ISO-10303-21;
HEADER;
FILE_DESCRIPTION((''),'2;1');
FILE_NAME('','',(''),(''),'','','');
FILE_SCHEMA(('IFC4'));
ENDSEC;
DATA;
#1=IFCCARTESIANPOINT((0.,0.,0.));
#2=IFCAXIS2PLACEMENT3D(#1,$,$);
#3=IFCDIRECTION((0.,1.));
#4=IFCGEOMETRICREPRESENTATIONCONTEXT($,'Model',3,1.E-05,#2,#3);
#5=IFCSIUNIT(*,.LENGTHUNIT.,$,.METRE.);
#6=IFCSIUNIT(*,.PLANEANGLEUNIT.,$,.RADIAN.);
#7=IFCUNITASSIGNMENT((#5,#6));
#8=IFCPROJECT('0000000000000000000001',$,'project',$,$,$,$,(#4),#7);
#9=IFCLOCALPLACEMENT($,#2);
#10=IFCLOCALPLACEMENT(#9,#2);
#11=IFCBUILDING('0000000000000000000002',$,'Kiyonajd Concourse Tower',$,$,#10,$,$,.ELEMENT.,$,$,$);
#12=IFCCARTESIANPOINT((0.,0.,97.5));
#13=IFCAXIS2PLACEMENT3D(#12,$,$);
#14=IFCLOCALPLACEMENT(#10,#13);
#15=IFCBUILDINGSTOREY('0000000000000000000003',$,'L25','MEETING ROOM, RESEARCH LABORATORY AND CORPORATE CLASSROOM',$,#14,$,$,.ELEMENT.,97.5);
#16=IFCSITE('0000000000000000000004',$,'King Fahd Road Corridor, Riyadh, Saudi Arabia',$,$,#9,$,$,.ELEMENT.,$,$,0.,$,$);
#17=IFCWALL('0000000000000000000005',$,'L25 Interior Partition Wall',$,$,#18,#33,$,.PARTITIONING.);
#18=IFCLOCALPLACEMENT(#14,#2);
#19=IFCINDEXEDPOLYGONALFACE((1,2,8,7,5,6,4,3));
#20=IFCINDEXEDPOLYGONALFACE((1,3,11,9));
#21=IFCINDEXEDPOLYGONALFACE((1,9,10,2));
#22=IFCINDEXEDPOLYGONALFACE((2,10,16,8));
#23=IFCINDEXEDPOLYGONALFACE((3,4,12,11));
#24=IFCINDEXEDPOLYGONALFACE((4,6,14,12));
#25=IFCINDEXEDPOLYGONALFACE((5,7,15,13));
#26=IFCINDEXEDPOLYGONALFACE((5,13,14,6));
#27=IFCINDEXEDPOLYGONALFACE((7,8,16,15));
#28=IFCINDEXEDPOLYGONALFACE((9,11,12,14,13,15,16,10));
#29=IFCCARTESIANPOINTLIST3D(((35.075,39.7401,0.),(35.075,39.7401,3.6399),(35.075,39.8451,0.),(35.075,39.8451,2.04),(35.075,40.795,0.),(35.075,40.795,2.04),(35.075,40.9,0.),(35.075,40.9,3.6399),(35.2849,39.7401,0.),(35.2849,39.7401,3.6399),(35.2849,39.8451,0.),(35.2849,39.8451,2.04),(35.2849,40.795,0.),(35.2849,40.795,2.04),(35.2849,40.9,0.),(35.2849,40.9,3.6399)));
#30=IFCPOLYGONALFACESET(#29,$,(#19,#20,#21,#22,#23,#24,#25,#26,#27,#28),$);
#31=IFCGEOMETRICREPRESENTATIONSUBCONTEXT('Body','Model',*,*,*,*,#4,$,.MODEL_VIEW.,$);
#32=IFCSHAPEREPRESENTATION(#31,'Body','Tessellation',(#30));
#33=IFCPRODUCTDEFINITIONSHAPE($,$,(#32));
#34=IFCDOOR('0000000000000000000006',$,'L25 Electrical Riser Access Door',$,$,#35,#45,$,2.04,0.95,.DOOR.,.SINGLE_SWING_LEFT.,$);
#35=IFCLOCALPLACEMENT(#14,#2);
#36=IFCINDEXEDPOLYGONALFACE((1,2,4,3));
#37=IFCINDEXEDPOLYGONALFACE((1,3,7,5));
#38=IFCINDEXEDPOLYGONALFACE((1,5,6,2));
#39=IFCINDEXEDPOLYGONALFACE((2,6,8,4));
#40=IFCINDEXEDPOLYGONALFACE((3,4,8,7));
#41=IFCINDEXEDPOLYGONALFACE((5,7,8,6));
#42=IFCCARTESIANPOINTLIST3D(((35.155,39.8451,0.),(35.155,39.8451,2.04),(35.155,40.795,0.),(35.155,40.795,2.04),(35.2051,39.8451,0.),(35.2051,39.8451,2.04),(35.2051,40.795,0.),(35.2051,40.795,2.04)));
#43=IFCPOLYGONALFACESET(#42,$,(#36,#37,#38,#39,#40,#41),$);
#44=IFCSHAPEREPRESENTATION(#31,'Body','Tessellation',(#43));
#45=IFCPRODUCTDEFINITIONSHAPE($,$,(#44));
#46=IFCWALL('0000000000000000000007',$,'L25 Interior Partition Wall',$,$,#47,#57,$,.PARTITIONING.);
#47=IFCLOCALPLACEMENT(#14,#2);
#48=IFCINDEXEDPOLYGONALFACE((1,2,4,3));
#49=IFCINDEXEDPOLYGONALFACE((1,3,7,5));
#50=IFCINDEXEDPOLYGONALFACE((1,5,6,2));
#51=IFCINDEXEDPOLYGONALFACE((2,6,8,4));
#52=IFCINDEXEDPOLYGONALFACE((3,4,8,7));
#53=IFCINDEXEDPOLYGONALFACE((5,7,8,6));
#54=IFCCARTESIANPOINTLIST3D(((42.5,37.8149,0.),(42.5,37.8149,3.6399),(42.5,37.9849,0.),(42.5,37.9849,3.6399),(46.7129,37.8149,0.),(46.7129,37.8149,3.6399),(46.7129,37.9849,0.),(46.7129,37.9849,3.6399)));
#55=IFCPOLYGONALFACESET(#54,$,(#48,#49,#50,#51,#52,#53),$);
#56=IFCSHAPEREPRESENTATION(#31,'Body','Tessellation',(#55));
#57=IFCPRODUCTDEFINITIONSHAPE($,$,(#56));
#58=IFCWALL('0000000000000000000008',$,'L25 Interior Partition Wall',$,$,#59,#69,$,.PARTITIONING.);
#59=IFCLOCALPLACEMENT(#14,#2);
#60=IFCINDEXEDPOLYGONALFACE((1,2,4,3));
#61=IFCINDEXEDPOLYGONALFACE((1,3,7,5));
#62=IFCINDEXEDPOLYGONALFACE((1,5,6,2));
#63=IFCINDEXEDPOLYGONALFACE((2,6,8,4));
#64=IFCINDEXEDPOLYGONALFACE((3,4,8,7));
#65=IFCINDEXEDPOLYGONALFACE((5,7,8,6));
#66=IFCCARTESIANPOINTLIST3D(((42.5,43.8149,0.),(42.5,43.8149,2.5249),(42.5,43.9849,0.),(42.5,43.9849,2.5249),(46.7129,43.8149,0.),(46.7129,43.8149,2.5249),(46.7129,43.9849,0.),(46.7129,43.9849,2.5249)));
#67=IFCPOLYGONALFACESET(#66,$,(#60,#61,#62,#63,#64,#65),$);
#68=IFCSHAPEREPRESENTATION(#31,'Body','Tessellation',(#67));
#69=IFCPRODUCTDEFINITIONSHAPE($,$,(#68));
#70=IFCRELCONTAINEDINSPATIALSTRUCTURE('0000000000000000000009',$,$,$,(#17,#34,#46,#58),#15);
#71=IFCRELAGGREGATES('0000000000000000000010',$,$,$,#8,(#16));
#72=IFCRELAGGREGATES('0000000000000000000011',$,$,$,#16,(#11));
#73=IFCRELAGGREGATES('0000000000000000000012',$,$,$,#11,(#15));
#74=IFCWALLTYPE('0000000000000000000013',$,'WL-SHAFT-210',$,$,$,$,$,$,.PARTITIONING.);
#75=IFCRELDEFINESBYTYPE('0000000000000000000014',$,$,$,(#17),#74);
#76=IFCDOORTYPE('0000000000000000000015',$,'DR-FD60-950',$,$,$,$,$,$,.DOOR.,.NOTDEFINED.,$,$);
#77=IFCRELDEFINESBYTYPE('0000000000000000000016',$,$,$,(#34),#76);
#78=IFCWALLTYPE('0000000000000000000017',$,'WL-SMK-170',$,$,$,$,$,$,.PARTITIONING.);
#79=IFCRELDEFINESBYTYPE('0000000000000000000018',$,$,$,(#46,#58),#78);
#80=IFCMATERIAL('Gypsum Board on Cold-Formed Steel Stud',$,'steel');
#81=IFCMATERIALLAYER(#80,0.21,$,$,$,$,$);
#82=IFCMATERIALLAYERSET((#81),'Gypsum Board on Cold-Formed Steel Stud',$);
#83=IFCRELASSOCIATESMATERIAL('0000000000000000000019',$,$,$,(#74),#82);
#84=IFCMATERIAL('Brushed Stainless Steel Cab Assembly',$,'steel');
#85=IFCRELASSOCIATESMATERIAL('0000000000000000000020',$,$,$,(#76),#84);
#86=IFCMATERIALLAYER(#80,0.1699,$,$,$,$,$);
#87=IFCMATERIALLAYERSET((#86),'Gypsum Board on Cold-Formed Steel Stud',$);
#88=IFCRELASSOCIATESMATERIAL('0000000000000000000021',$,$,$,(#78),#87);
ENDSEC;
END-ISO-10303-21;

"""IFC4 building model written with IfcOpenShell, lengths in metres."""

from ifc_helpers import new_model, si_unit, direction, frame, frame_2d, origin, place, context, subcontext, project, spatial, rectangle, extrude, material, layer, layer_set, type_object, element, fill, save


model = new_model("IFC4")

# Units and contexts
model_context = context("Model", 3, precision=1e-05, world=origin(), true_north=direction((0.0, 1.0)))
body_context = subcontext(model_context, "Body", "Model", "MODEL_VIEW")
ifc_project = project(units=[si_unit("LENGTHUNIT", "METRE"), si_unit("PLANEANGLEUNIT", "RADIAN")], contexts=[model_context])

# Site, building, storey
site_placement = place(None, origin())
site = spatial("IfcSite", under=ifc_project, at=site_placement, Name="King Fahd Road Corridor, Riyadh, Saudi Arabia", CompositionType="ELEMENT", RefElevation=0.0)
building_placement = place(site_placement, origin())
building = spatial("IfcBuilding", under=site, at=building_placement, Name="Kiyonajd Concourse Tower", CompositionType="ELEMENT")
storey_placement = place(building_placement, frame((0.0, 0.0, 97.5)))
storey = spatial("IfcBuildingStorey", under=building, at=storey_placement, Name="L25", Description="MEETING ROOM, RESEARCH LABORATORY AND CORPORATE CLASSROOM", CompositionType="ELEMENT", Elevation=97.5)

# Shared definitions
ifc_material_1 = material(Name="Gypsum Board on Cold-Formed Steel Stud", Category="steel")
ifc_layer_1 = layer(ifc_material_1, 0.21)
ifc_layer_set_1 = layer_set([ifc_layer_1], Name="Gypsum Board on Cold-Formed Steel Stud")
wall_type_1 = type_object("IfcWallType", Name="WL-SHAFT-210", PredefinedType="PARTITIONING", material=ifc_layer_set_1)

# Wall, opening, door
wall_1_placement = place(storey_placement, frame((35.1799, 39.74, 0.0), z_axis=(0.0, 0.0, 1.0), x_axis=(0.0, 1.0, 0.0)))
wall_1 = element("IfcWall", 1, at=wall_1_placement, inside=storey, type_object=wall_type_1, Name="L25 Interior Partition Wall", PredefinedType="PARTITIONING", context=body_context, shape_type="SweptSolid", body=[
    extrude(rectangle(XDim=1.1599, YDim=0.21, at=frame_2d((0.5801, 0.0))), origin(), (0.0, 0.0, 1.0), 3.6399),
])
opening_1_placement = place(wall_1_placement, frame((0.105, 0.0, 0.0)))
opening_1 = element("IfcOpeningElement", 2, at=opening_1_placement, cuts=wall_1, PredefinedType="OPENING", context=body_context, shape_type="SweptSolid", body=[
    extrude(rectangle(XDim=0.95, YDim=2.04, at=frame_2d((0.4751, 1.02))), frame((0.0, 0.115, 0.0), z_axis=(0.0, -1.0, 0.0), x_axis=(1.0, 0.0, 0.0)), (0.0, 0.0, 1.0), 0.23),
])
ifc_material_2 = material(Name="Brushed Stainless Steel Cab Assembly", Category="steel")
door_type_1 = type_object("IfcDoorType", Name="DR-FD60-950", OperationType="NOTDEFINED", PredefinedType="DOOR", material=ifc_material_2)
door_1_placement = place(opening_1_placement, origin())
door_1 = element("IfcDoor", 3, at=door_1_placement, inside=storey, type_object=door_type_1, Name="L25 Electrical Riser Access Door", OperationType="SINGLE_SWING_LEFT", OverallHeight=2.04, OverallWidth=0.95, PredefinedType="DOOR", context=body_context, shape_type="SweptSolid", body=[
    extrude(rectangle(XDim=0.95, YDim=2.04, at=frame_2d((0.4751, 1.02))), frame((0.0, 0.0249, 0.0), z_axis=(0.0, -1.0, 0.0), x_axis=(1.0, 0.0, 0.0)), (0.0, 0.0, 1.0), 0.05),
])
fill(opening_1, door_1)

# Walls
ifc_layer_2 = layer(ifc_material_1, 0.1699)
ifc_layer_set_2 = layer_set([ifc_layer_2], Name="Gypsum Board on Cold-Formed Steel Stud")
wall_type_2 = type_object("IfcWallType", Name="WL-SMK-170", PredefinedType="PARTITIONING", material=ifc_layer_set_2)
wall_2_placement = place(storey_placement, frame((42.5, 37.8999, 0.0), z_axis=(0.0, 0.0, 1.0), x_axis=(1.0, 0.0, 0.0)))
element("IfcWall", 4, at=wall_2_placement, inside=storey, type_object=wall_type_2, Name="L25 Interior Partition Wall", PredefinedType="PARTITIONING", context=body_context, shape_type="SweptSolid", body=[
    extrude(rectangle(XDim=4.2129, YDim=0.1699, at=frame_2d((2.1064, 0.0))), origin(), (0.0, 0.0, 1.0), 3.6399),
])
wall_3_placement = place(storey_placement, frame((42.5, 43.8999, 0.0), z_axis=(0.0, 0.0, 1.0), x_axis=(1.0, 0.0, 0.0)))
element("IfcWall", 5, at=wall_3_placement, inside=storey, type_object=wall_type_2, Name="L25 Interior Partition Wall", PredefinedType="PARTITIONING", context=body_context, shape_type="SweptSolid", body=[
    extrude(rectangle(XDim=4.2129, YDim=0.1699, at=frame_2d((2.1064, 0.0))), origin(), (0.0, 0.0, 1.0), 2.5249),
])

save(model, "model.ifc")
